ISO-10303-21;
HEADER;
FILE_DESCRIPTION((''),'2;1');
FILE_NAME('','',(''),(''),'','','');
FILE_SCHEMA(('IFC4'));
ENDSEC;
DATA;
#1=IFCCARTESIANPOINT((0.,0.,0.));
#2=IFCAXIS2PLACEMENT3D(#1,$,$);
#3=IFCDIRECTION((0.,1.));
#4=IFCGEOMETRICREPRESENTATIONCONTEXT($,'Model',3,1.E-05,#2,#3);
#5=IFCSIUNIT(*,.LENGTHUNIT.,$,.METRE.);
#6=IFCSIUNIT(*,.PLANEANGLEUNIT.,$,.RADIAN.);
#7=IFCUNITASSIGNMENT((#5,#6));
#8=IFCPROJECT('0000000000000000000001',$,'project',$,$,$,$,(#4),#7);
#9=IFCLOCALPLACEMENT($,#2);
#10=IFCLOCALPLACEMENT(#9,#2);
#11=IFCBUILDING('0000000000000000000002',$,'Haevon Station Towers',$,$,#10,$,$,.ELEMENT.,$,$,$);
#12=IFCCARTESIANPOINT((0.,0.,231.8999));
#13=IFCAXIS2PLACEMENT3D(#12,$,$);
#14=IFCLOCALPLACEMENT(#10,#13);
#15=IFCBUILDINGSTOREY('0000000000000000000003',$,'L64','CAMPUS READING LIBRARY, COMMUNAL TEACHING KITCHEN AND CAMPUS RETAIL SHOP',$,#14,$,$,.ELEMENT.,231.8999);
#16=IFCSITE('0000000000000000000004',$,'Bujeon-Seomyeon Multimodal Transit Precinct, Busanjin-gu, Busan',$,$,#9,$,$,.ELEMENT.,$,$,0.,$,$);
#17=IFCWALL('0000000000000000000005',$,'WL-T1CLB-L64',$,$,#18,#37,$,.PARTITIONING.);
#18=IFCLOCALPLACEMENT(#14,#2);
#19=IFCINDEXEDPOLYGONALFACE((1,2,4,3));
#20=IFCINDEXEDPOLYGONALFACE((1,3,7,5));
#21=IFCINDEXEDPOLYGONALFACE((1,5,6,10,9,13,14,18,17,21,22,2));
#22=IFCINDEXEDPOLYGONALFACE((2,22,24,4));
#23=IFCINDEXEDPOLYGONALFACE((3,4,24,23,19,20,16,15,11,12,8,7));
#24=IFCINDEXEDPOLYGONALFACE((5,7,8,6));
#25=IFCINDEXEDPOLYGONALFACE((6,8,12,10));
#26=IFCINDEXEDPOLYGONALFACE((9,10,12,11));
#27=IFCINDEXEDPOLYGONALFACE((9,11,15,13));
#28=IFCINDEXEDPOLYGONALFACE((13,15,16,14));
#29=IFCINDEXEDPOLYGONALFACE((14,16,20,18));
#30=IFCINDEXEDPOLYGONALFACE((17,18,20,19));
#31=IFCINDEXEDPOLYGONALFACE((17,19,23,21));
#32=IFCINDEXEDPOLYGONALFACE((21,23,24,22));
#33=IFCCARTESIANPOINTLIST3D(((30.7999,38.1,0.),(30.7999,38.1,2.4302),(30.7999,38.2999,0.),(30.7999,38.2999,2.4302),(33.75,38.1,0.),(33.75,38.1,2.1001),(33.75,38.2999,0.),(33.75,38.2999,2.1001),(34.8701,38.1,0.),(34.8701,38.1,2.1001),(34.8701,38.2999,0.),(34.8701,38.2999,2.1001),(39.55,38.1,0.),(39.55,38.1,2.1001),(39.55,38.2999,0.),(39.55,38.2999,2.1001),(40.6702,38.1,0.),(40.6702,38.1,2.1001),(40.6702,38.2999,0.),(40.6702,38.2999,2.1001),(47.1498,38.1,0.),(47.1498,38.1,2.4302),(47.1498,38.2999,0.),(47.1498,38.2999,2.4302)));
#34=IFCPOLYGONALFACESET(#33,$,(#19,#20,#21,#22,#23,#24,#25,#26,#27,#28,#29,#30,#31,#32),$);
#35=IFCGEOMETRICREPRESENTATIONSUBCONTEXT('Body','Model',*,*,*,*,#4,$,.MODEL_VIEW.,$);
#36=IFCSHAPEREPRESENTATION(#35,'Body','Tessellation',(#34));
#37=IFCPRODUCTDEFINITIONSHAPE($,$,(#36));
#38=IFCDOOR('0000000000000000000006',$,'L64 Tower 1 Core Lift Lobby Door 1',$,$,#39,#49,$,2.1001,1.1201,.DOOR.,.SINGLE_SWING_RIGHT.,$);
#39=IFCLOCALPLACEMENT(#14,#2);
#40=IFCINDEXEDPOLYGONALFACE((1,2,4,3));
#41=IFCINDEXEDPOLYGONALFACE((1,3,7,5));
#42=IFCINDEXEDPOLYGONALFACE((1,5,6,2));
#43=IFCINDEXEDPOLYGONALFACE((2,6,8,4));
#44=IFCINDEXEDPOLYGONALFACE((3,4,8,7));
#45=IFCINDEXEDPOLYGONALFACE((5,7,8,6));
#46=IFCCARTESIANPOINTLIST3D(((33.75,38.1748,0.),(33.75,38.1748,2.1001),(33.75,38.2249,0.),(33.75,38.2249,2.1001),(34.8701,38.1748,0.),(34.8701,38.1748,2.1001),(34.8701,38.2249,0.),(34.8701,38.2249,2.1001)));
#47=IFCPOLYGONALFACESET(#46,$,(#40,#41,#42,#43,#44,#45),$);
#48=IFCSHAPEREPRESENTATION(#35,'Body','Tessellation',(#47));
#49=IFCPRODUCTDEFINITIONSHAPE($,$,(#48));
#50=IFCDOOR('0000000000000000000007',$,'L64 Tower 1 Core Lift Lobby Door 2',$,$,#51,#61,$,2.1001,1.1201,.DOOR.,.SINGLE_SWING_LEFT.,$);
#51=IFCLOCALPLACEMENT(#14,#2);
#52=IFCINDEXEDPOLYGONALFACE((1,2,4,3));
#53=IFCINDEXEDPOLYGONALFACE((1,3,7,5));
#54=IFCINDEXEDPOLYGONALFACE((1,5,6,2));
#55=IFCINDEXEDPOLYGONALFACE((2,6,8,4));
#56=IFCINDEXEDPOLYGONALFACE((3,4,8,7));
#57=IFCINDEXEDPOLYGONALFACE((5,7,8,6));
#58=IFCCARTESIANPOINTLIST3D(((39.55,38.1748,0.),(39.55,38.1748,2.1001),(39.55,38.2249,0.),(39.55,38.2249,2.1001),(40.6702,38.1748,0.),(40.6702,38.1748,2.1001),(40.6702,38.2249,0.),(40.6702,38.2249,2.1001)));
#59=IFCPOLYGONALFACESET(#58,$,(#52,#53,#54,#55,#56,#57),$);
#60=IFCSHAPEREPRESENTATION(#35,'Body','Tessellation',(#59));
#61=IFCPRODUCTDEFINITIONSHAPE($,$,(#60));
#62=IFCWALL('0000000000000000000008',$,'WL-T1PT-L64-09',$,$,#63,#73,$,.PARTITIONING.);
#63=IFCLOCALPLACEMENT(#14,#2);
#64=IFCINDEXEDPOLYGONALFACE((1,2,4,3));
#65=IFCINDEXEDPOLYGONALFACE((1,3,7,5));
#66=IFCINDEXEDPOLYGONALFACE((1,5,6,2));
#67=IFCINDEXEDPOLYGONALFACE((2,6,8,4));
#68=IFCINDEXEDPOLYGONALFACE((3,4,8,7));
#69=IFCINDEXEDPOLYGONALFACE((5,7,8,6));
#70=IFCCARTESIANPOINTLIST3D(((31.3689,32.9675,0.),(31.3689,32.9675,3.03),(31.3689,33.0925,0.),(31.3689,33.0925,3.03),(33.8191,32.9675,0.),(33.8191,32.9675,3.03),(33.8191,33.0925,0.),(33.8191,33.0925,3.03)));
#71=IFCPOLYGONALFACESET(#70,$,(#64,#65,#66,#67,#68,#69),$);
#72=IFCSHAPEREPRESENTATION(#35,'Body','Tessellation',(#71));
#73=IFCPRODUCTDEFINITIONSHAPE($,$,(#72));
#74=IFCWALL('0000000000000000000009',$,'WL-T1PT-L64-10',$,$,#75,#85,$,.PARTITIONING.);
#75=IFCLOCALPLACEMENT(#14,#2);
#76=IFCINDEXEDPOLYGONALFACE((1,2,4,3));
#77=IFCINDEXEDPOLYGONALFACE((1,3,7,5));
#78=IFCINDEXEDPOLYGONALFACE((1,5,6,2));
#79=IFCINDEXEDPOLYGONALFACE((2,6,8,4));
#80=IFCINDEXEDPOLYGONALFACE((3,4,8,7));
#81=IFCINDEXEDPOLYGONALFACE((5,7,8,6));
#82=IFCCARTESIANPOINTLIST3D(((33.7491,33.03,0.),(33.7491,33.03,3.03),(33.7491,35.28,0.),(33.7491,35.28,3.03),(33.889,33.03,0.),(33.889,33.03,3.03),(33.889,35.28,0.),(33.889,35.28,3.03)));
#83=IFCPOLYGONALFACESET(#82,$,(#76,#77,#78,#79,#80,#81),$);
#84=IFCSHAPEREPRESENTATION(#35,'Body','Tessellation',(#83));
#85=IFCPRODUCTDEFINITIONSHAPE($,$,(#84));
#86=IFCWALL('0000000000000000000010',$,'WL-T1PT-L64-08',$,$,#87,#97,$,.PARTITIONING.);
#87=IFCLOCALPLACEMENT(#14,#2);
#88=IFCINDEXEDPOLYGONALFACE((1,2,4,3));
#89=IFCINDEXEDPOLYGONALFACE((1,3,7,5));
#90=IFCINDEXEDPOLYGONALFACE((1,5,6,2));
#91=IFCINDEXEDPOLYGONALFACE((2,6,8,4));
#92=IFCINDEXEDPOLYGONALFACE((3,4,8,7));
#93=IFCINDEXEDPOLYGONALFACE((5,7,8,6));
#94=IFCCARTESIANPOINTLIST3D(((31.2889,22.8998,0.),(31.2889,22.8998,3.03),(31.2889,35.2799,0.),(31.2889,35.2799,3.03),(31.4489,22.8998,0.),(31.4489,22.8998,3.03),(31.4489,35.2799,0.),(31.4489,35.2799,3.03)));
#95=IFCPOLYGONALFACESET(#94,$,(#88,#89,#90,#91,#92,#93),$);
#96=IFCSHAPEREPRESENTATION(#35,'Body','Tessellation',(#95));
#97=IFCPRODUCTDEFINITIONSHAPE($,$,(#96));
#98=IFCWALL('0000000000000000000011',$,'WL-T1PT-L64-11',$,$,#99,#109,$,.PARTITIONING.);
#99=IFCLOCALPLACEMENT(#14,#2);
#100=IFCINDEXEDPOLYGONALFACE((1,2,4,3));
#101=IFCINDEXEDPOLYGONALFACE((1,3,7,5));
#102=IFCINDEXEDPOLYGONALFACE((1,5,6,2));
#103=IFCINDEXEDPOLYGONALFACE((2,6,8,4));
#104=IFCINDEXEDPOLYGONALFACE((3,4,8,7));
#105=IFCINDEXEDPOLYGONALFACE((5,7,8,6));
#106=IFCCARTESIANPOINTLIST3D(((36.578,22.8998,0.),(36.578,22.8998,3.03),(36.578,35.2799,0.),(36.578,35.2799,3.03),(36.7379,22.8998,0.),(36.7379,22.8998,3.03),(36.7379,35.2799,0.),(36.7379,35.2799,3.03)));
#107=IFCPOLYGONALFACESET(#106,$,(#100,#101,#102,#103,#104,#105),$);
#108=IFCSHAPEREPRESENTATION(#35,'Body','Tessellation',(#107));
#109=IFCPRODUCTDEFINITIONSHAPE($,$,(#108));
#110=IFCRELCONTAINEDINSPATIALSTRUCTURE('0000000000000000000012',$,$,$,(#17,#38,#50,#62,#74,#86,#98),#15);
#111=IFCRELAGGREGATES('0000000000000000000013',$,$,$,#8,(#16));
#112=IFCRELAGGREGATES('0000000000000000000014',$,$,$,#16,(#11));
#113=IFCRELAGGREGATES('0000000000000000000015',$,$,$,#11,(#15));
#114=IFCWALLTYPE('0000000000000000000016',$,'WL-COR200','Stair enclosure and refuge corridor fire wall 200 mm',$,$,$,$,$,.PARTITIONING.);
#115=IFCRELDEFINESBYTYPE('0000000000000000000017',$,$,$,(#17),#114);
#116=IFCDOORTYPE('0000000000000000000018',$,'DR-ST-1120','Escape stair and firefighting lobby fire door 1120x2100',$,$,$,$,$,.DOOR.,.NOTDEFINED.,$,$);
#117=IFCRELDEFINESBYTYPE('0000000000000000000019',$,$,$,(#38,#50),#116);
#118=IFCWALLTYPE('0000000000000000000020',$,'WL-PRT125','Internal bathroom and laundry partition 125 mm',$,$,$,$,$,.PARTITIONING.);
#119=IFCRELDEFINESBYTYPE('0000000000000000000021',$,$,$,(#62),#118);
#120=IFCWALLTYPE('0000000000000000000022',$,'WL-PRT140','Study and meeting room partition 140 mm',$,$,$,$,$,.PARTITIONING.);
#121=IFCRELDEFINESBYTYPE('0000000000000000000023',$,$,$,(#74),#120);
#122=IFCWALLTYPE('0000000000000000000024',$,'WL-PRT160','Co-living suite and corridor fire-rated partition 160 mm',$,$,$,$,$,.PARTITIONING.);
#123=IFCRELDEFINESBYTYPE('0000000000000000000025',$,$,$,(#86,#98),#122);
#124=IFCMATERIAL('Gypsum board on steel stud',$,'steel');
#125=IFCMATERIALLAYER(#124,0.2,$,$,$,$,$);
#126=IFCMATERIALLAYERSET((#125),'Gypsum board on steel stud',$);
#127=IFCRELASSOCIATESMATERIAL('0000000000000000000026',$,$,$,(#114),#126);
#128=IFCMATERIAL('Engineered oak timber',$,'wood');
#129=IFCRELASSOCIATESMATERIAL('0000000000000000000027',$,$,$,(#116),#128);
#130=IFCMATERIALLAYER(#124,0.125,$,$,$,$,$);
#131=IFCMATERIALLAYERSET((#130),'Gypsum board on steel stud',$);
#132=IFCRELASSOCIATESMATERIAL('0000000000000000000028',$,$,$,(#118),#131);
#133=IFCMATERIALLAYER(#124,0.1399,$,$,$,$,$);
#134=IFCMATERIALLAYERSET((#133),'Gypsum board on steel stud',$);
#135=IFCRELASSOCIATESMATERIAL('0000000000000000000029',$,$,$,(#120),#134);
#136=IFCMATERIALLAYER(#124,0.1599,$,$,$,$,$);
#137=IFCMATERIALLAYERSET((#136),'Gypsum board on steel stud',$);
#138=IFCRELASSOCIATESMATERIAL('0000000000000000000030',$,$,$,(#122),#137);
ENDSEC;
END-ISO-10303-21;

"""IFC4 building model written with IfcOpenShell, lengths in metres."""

from ifc_helpers import new_model, si_unit, direction, frame, frame_2d, origin, place, context, subcontext, project, spatial, rectangle, extrude, material, layer, layer_set, type_object, element, fill, save


model = new_model("IFC4")

# Units and contexts
model_context = context("Model", 3, precision=1e-05, world=origin(), true_north=direction((0.0, 1.0)))
body_context = subcontext(model_context, "Body", "Model", "MODEL_VIEW")
ifc_project = project(units=[si_unit("LENGTHUNIT", "METRE"), si_unit("PLANEANGLEUNIT", "RADIAN")], contexts=[model_context])

# Site, building, storey
site_placement = place(None, origin())
site = spatial("IfcSite", under=ifc_project, at=site_placement, Name="Bujeon-Seomyeon Multimodal Transit Precinct, Busanjin-gu, Busan", CompositionType="ELEMENT", RefElevation=0.0)
building_placement = place(site_placement, origin())
building = spatial("IfcBuilding", under=site, at=building_placement, Name="Haevon Station Towers", CompositionType="ELEMENT")
storey_placement = place(building_placement, frame((0.0, 0.0, 231.8999)))
storey = spatial("IfcBuildingStorey", under=building, at=storey_placement, Name="L64", Description="CAMPUS READING LIBRARY, COMMUNAL TEACHING KITCHEN AND CAMPUS RETAIL SHOP", CompositionType="ELEMENT", Elevation=231.8999)

# Shared definitions
ifc_material_1 = material(Name="Gypsum board on steel stud", Category="steel")
ifc_layer_1 = layer(ifc_material_1, 0.2)
ifc_layer_set_1 = layer_set([ifc_layer_1], Name="Gypsum board on steel stud")
wall_type_1 = type_object("IfcWallType", Name="WL-COR200", Description="Stair enclosure and refuge corridor fire wall 200 mm", PredefinedType="PARTITIONING", material=ifc_layer_set_1)
ifc_material_2 = material(Name="Engineered oak timber", Category="wood")

# Wall, openings, doors
wall_1_placement = place(storey_placement, frame((30.8, 38.2, 0.0), z_axis=(0.0, 0.0, 1.0), x_axis=(1.0, 0.0, 0.0)))
wall_1 = element("IfcWall", 1, at=wall_1_placement, inside=storey, type_object=wall_type_1, Name="WL-T1CLB-L64", PredefinedType="PARTITIONING", context=body_context, shape_type="SweptSolid", body=[
    extrude(rectangle(XDim=16.3499, YDim=0.2, at=frame_2d((8.1748, 0.0))), origin(), (0.0, 0.0, 1.0), 2.4302),
])
opening_1_placement = place(wall_1_placement, frame((2.95, 0.0, 0.0)))
opening_1 = element("IfcOpeningElement", 2, at=opening_1_placement, cuts=wall_1, PredefinedType="OPENING", context=body_context, shape_type="SweptSolid", body=[
    extrude(rectangle(XDim=1.1201, YDim=2.1001, at=frame_2d((0.5601, 1.05))), frame((0.0, 0.1099, 0.0), z_axis=(0.0, -1.0, 0.0), x_axis=(1.0, 0.0, 0.0)), (0.0, 0.0, 1.0), 0.22),
])
opening_2_placement = place(wall_1_placement, frame((8.75, 0.0, 0.0)))
opening_2 = element("IfcOpeningElement", 3, at=opening_2_placement, cuts=wall_1, PredefinedType="OPENING", context=body_context, shape_type="SweptSolid", body=[
    extrude(rectangle(XDim=1.1201, YDim=2.1001, at=frame_2d((0.5601, 1.05))), frame((0.0, 0.1099, 0.0), z_axis=(0.0, -1.0, 0.0), x_axis=(1.0, 0.0, 0.0)), (0.0, 0.0, 1.0), 0.22),
])
door_type_1 = type_object("IfcDoorType", Name="DR-ST-1120", Description="Escape stair and firefighting lobby fire door 1120x2100", OperationType="NOTDEFINED", PredefinedType="DOOR", material=ifc_material_2)
door_1_placement = place(opening_1_placement, origin())
door_1 = element("IfcDoor", 4, at=door_1_placement, inside=storey, type_object=door_type_1, Name="L64 Tower 1 Core Lift Lobby Door 1", OperationType="SINGLE_SWING_RIGHT", OverallHeight=2.1001, OverallWidth=1.1201, PredefinedType="DOOR", context=body_context, shape_type="SweptSolid", body=[
    extrude(rectangle(XDim=1.1201, YDim=2.1001, at=frame_2d((0.5601, 1.05))), frame((0.0, 0.0249, 0.0), z_axis=(0.0, -1.0, 0.0), x_axis=(1.0, 0.0, 0.0)), (0.0, 0.0, 1.0), 0.05),
])
fill(opening_1, door_1)
door_2_placement = place(opening_2_placement, origin())
door_2 = element("IfcDoor", 5, at=door_2_placement, inside=storey, type_object=door_type_1, Name="L64 Tower 1 Core Lift Lobby Door 2", OperationType="SINGLE_SWING_LEFT", OverallHeight=2.1001, OverallWidth=1.1201, PredefinedType="DOOR", context=body_context, shape_type="SweptSolid", body=[
    extrude(rectangle(XDim=1.1201, YDim=2.1001, at=frame_2d((0.5601, 1.05))), frame((0.0, 0.0249, 0.0), z_axis=(0.0, -1.0, 0.0), x_axis=(1.0, 0.0, 0.0)), (0.0, 0.0, 1.0), 0.05),
])
fill(opening_2, door_2)

# Walls
ifc_layer_2 = layer(ifc_material_1, 0.125)
ifc_layer_set_2 = layer_set([ifc_layer_2], Name="Gypsum board on steel stud")
wall_type_2 = type_object("IfcWallType", Name="WL-PRT125", Description="Internal bathroom and laundry partition 125 mm", PredefinedType="PARTITIONING", material=ifc_layer_set_2)
wall_2_placement = place(storey_placement, frame((31.3689, 33.03, 0.0), z_axis=(0.0, 0.0, 1.0), x_axis=(1.0, 0.0, 0.0)))
element("IfcWall", 6, at=wall_2_placement, inside=storey, type_object=wall_type_2, Name="WL-T1PT-L64-09", PredefinedType="PARTITIONING", context=body_context, shape_type="SweptSolid", body=[
    extrude(rectangle(XDim=2.4502, YDim=0.125, at=frame_2d((1.2251, 0.0))), origin(), (0.0, 0.0, 1.0), 3.03),
])
ifc_layer_3 = layer(ifc_material_1, 0.1399)
ifc_layer_set_3 = layer_set([ifc_layer_3], Name="Gypsum board on steel stud")
wall_type_3 = type_object("IfcWallType", Name="WL-PRT140", Description="Study and meeting room partition 140 mm", PredefinedType="PARTITIONING", material=ifc_layer_set_3)
wall_3_placement = place(storey_placement, frame((33.8191, 33.03, 0.0), z_axis=(0.0, 0.0, 1.0), x_axis=(0.0, 1.0, 0.0)))
element("IfcWall", 7, at=wall_3_placement, inside=storey, type_object=wall_type_3, Name="WL-T1PT-L64-10", PredefinedType="PARTITIONING", context=body_context, shape_type="SweptSolid", body=[
    extrude(rectangle(XDim=2.25, YDim=0.1399, at=frame_2d((1.125, 0.0))), origin(), (0.0, 0.0, 1.0), 3.03),
])
ifc_layer_4 = layer(ifc_material_1, 0.1599)
ifc_layer_set_4 = layer_set([ifc_layer_4], Name="Gypsum board on steel stud")
wall_type_4 = type_object("IfcWallType", Name="WL-PRT160", Description="Co-living suite and corridor fire-rated partition 160 mm", PredefinedType="PARTITIONING", material=ifc_layer_set_4)
for number, where, z_axis, x_axis, name in (
    (8, (31.3689, 22.8999, 0.0), (0.0, 0.0, 1.0), (0.0, 1.0, 0.0), "WL-T1PT-L64-08"),
    (9, (36.658, 22.8999, 0.0), (0.0, 0.0, 1.0), (0.0, 1.0, 0.0), "WL-T1PT-L64-11"),
):
    element("IfcWall", number, at=place(storey_placement, frame(where, z_axis=z_axis, x_axis=x_axis)), inside=storey, type_object=wall_type_4, Name=name, PredefinedType="PARTITIONING", context=body_context, shape_type="SweptSolid", body=[
        extrude(rectangle(XDim=12.3801, YDim=0.1599, at=frame_2d((6.1899, 0.0))), origin(), (0.0, 0.0, 1.0), 3.03),
    ])

save(model, "model.ifc")
